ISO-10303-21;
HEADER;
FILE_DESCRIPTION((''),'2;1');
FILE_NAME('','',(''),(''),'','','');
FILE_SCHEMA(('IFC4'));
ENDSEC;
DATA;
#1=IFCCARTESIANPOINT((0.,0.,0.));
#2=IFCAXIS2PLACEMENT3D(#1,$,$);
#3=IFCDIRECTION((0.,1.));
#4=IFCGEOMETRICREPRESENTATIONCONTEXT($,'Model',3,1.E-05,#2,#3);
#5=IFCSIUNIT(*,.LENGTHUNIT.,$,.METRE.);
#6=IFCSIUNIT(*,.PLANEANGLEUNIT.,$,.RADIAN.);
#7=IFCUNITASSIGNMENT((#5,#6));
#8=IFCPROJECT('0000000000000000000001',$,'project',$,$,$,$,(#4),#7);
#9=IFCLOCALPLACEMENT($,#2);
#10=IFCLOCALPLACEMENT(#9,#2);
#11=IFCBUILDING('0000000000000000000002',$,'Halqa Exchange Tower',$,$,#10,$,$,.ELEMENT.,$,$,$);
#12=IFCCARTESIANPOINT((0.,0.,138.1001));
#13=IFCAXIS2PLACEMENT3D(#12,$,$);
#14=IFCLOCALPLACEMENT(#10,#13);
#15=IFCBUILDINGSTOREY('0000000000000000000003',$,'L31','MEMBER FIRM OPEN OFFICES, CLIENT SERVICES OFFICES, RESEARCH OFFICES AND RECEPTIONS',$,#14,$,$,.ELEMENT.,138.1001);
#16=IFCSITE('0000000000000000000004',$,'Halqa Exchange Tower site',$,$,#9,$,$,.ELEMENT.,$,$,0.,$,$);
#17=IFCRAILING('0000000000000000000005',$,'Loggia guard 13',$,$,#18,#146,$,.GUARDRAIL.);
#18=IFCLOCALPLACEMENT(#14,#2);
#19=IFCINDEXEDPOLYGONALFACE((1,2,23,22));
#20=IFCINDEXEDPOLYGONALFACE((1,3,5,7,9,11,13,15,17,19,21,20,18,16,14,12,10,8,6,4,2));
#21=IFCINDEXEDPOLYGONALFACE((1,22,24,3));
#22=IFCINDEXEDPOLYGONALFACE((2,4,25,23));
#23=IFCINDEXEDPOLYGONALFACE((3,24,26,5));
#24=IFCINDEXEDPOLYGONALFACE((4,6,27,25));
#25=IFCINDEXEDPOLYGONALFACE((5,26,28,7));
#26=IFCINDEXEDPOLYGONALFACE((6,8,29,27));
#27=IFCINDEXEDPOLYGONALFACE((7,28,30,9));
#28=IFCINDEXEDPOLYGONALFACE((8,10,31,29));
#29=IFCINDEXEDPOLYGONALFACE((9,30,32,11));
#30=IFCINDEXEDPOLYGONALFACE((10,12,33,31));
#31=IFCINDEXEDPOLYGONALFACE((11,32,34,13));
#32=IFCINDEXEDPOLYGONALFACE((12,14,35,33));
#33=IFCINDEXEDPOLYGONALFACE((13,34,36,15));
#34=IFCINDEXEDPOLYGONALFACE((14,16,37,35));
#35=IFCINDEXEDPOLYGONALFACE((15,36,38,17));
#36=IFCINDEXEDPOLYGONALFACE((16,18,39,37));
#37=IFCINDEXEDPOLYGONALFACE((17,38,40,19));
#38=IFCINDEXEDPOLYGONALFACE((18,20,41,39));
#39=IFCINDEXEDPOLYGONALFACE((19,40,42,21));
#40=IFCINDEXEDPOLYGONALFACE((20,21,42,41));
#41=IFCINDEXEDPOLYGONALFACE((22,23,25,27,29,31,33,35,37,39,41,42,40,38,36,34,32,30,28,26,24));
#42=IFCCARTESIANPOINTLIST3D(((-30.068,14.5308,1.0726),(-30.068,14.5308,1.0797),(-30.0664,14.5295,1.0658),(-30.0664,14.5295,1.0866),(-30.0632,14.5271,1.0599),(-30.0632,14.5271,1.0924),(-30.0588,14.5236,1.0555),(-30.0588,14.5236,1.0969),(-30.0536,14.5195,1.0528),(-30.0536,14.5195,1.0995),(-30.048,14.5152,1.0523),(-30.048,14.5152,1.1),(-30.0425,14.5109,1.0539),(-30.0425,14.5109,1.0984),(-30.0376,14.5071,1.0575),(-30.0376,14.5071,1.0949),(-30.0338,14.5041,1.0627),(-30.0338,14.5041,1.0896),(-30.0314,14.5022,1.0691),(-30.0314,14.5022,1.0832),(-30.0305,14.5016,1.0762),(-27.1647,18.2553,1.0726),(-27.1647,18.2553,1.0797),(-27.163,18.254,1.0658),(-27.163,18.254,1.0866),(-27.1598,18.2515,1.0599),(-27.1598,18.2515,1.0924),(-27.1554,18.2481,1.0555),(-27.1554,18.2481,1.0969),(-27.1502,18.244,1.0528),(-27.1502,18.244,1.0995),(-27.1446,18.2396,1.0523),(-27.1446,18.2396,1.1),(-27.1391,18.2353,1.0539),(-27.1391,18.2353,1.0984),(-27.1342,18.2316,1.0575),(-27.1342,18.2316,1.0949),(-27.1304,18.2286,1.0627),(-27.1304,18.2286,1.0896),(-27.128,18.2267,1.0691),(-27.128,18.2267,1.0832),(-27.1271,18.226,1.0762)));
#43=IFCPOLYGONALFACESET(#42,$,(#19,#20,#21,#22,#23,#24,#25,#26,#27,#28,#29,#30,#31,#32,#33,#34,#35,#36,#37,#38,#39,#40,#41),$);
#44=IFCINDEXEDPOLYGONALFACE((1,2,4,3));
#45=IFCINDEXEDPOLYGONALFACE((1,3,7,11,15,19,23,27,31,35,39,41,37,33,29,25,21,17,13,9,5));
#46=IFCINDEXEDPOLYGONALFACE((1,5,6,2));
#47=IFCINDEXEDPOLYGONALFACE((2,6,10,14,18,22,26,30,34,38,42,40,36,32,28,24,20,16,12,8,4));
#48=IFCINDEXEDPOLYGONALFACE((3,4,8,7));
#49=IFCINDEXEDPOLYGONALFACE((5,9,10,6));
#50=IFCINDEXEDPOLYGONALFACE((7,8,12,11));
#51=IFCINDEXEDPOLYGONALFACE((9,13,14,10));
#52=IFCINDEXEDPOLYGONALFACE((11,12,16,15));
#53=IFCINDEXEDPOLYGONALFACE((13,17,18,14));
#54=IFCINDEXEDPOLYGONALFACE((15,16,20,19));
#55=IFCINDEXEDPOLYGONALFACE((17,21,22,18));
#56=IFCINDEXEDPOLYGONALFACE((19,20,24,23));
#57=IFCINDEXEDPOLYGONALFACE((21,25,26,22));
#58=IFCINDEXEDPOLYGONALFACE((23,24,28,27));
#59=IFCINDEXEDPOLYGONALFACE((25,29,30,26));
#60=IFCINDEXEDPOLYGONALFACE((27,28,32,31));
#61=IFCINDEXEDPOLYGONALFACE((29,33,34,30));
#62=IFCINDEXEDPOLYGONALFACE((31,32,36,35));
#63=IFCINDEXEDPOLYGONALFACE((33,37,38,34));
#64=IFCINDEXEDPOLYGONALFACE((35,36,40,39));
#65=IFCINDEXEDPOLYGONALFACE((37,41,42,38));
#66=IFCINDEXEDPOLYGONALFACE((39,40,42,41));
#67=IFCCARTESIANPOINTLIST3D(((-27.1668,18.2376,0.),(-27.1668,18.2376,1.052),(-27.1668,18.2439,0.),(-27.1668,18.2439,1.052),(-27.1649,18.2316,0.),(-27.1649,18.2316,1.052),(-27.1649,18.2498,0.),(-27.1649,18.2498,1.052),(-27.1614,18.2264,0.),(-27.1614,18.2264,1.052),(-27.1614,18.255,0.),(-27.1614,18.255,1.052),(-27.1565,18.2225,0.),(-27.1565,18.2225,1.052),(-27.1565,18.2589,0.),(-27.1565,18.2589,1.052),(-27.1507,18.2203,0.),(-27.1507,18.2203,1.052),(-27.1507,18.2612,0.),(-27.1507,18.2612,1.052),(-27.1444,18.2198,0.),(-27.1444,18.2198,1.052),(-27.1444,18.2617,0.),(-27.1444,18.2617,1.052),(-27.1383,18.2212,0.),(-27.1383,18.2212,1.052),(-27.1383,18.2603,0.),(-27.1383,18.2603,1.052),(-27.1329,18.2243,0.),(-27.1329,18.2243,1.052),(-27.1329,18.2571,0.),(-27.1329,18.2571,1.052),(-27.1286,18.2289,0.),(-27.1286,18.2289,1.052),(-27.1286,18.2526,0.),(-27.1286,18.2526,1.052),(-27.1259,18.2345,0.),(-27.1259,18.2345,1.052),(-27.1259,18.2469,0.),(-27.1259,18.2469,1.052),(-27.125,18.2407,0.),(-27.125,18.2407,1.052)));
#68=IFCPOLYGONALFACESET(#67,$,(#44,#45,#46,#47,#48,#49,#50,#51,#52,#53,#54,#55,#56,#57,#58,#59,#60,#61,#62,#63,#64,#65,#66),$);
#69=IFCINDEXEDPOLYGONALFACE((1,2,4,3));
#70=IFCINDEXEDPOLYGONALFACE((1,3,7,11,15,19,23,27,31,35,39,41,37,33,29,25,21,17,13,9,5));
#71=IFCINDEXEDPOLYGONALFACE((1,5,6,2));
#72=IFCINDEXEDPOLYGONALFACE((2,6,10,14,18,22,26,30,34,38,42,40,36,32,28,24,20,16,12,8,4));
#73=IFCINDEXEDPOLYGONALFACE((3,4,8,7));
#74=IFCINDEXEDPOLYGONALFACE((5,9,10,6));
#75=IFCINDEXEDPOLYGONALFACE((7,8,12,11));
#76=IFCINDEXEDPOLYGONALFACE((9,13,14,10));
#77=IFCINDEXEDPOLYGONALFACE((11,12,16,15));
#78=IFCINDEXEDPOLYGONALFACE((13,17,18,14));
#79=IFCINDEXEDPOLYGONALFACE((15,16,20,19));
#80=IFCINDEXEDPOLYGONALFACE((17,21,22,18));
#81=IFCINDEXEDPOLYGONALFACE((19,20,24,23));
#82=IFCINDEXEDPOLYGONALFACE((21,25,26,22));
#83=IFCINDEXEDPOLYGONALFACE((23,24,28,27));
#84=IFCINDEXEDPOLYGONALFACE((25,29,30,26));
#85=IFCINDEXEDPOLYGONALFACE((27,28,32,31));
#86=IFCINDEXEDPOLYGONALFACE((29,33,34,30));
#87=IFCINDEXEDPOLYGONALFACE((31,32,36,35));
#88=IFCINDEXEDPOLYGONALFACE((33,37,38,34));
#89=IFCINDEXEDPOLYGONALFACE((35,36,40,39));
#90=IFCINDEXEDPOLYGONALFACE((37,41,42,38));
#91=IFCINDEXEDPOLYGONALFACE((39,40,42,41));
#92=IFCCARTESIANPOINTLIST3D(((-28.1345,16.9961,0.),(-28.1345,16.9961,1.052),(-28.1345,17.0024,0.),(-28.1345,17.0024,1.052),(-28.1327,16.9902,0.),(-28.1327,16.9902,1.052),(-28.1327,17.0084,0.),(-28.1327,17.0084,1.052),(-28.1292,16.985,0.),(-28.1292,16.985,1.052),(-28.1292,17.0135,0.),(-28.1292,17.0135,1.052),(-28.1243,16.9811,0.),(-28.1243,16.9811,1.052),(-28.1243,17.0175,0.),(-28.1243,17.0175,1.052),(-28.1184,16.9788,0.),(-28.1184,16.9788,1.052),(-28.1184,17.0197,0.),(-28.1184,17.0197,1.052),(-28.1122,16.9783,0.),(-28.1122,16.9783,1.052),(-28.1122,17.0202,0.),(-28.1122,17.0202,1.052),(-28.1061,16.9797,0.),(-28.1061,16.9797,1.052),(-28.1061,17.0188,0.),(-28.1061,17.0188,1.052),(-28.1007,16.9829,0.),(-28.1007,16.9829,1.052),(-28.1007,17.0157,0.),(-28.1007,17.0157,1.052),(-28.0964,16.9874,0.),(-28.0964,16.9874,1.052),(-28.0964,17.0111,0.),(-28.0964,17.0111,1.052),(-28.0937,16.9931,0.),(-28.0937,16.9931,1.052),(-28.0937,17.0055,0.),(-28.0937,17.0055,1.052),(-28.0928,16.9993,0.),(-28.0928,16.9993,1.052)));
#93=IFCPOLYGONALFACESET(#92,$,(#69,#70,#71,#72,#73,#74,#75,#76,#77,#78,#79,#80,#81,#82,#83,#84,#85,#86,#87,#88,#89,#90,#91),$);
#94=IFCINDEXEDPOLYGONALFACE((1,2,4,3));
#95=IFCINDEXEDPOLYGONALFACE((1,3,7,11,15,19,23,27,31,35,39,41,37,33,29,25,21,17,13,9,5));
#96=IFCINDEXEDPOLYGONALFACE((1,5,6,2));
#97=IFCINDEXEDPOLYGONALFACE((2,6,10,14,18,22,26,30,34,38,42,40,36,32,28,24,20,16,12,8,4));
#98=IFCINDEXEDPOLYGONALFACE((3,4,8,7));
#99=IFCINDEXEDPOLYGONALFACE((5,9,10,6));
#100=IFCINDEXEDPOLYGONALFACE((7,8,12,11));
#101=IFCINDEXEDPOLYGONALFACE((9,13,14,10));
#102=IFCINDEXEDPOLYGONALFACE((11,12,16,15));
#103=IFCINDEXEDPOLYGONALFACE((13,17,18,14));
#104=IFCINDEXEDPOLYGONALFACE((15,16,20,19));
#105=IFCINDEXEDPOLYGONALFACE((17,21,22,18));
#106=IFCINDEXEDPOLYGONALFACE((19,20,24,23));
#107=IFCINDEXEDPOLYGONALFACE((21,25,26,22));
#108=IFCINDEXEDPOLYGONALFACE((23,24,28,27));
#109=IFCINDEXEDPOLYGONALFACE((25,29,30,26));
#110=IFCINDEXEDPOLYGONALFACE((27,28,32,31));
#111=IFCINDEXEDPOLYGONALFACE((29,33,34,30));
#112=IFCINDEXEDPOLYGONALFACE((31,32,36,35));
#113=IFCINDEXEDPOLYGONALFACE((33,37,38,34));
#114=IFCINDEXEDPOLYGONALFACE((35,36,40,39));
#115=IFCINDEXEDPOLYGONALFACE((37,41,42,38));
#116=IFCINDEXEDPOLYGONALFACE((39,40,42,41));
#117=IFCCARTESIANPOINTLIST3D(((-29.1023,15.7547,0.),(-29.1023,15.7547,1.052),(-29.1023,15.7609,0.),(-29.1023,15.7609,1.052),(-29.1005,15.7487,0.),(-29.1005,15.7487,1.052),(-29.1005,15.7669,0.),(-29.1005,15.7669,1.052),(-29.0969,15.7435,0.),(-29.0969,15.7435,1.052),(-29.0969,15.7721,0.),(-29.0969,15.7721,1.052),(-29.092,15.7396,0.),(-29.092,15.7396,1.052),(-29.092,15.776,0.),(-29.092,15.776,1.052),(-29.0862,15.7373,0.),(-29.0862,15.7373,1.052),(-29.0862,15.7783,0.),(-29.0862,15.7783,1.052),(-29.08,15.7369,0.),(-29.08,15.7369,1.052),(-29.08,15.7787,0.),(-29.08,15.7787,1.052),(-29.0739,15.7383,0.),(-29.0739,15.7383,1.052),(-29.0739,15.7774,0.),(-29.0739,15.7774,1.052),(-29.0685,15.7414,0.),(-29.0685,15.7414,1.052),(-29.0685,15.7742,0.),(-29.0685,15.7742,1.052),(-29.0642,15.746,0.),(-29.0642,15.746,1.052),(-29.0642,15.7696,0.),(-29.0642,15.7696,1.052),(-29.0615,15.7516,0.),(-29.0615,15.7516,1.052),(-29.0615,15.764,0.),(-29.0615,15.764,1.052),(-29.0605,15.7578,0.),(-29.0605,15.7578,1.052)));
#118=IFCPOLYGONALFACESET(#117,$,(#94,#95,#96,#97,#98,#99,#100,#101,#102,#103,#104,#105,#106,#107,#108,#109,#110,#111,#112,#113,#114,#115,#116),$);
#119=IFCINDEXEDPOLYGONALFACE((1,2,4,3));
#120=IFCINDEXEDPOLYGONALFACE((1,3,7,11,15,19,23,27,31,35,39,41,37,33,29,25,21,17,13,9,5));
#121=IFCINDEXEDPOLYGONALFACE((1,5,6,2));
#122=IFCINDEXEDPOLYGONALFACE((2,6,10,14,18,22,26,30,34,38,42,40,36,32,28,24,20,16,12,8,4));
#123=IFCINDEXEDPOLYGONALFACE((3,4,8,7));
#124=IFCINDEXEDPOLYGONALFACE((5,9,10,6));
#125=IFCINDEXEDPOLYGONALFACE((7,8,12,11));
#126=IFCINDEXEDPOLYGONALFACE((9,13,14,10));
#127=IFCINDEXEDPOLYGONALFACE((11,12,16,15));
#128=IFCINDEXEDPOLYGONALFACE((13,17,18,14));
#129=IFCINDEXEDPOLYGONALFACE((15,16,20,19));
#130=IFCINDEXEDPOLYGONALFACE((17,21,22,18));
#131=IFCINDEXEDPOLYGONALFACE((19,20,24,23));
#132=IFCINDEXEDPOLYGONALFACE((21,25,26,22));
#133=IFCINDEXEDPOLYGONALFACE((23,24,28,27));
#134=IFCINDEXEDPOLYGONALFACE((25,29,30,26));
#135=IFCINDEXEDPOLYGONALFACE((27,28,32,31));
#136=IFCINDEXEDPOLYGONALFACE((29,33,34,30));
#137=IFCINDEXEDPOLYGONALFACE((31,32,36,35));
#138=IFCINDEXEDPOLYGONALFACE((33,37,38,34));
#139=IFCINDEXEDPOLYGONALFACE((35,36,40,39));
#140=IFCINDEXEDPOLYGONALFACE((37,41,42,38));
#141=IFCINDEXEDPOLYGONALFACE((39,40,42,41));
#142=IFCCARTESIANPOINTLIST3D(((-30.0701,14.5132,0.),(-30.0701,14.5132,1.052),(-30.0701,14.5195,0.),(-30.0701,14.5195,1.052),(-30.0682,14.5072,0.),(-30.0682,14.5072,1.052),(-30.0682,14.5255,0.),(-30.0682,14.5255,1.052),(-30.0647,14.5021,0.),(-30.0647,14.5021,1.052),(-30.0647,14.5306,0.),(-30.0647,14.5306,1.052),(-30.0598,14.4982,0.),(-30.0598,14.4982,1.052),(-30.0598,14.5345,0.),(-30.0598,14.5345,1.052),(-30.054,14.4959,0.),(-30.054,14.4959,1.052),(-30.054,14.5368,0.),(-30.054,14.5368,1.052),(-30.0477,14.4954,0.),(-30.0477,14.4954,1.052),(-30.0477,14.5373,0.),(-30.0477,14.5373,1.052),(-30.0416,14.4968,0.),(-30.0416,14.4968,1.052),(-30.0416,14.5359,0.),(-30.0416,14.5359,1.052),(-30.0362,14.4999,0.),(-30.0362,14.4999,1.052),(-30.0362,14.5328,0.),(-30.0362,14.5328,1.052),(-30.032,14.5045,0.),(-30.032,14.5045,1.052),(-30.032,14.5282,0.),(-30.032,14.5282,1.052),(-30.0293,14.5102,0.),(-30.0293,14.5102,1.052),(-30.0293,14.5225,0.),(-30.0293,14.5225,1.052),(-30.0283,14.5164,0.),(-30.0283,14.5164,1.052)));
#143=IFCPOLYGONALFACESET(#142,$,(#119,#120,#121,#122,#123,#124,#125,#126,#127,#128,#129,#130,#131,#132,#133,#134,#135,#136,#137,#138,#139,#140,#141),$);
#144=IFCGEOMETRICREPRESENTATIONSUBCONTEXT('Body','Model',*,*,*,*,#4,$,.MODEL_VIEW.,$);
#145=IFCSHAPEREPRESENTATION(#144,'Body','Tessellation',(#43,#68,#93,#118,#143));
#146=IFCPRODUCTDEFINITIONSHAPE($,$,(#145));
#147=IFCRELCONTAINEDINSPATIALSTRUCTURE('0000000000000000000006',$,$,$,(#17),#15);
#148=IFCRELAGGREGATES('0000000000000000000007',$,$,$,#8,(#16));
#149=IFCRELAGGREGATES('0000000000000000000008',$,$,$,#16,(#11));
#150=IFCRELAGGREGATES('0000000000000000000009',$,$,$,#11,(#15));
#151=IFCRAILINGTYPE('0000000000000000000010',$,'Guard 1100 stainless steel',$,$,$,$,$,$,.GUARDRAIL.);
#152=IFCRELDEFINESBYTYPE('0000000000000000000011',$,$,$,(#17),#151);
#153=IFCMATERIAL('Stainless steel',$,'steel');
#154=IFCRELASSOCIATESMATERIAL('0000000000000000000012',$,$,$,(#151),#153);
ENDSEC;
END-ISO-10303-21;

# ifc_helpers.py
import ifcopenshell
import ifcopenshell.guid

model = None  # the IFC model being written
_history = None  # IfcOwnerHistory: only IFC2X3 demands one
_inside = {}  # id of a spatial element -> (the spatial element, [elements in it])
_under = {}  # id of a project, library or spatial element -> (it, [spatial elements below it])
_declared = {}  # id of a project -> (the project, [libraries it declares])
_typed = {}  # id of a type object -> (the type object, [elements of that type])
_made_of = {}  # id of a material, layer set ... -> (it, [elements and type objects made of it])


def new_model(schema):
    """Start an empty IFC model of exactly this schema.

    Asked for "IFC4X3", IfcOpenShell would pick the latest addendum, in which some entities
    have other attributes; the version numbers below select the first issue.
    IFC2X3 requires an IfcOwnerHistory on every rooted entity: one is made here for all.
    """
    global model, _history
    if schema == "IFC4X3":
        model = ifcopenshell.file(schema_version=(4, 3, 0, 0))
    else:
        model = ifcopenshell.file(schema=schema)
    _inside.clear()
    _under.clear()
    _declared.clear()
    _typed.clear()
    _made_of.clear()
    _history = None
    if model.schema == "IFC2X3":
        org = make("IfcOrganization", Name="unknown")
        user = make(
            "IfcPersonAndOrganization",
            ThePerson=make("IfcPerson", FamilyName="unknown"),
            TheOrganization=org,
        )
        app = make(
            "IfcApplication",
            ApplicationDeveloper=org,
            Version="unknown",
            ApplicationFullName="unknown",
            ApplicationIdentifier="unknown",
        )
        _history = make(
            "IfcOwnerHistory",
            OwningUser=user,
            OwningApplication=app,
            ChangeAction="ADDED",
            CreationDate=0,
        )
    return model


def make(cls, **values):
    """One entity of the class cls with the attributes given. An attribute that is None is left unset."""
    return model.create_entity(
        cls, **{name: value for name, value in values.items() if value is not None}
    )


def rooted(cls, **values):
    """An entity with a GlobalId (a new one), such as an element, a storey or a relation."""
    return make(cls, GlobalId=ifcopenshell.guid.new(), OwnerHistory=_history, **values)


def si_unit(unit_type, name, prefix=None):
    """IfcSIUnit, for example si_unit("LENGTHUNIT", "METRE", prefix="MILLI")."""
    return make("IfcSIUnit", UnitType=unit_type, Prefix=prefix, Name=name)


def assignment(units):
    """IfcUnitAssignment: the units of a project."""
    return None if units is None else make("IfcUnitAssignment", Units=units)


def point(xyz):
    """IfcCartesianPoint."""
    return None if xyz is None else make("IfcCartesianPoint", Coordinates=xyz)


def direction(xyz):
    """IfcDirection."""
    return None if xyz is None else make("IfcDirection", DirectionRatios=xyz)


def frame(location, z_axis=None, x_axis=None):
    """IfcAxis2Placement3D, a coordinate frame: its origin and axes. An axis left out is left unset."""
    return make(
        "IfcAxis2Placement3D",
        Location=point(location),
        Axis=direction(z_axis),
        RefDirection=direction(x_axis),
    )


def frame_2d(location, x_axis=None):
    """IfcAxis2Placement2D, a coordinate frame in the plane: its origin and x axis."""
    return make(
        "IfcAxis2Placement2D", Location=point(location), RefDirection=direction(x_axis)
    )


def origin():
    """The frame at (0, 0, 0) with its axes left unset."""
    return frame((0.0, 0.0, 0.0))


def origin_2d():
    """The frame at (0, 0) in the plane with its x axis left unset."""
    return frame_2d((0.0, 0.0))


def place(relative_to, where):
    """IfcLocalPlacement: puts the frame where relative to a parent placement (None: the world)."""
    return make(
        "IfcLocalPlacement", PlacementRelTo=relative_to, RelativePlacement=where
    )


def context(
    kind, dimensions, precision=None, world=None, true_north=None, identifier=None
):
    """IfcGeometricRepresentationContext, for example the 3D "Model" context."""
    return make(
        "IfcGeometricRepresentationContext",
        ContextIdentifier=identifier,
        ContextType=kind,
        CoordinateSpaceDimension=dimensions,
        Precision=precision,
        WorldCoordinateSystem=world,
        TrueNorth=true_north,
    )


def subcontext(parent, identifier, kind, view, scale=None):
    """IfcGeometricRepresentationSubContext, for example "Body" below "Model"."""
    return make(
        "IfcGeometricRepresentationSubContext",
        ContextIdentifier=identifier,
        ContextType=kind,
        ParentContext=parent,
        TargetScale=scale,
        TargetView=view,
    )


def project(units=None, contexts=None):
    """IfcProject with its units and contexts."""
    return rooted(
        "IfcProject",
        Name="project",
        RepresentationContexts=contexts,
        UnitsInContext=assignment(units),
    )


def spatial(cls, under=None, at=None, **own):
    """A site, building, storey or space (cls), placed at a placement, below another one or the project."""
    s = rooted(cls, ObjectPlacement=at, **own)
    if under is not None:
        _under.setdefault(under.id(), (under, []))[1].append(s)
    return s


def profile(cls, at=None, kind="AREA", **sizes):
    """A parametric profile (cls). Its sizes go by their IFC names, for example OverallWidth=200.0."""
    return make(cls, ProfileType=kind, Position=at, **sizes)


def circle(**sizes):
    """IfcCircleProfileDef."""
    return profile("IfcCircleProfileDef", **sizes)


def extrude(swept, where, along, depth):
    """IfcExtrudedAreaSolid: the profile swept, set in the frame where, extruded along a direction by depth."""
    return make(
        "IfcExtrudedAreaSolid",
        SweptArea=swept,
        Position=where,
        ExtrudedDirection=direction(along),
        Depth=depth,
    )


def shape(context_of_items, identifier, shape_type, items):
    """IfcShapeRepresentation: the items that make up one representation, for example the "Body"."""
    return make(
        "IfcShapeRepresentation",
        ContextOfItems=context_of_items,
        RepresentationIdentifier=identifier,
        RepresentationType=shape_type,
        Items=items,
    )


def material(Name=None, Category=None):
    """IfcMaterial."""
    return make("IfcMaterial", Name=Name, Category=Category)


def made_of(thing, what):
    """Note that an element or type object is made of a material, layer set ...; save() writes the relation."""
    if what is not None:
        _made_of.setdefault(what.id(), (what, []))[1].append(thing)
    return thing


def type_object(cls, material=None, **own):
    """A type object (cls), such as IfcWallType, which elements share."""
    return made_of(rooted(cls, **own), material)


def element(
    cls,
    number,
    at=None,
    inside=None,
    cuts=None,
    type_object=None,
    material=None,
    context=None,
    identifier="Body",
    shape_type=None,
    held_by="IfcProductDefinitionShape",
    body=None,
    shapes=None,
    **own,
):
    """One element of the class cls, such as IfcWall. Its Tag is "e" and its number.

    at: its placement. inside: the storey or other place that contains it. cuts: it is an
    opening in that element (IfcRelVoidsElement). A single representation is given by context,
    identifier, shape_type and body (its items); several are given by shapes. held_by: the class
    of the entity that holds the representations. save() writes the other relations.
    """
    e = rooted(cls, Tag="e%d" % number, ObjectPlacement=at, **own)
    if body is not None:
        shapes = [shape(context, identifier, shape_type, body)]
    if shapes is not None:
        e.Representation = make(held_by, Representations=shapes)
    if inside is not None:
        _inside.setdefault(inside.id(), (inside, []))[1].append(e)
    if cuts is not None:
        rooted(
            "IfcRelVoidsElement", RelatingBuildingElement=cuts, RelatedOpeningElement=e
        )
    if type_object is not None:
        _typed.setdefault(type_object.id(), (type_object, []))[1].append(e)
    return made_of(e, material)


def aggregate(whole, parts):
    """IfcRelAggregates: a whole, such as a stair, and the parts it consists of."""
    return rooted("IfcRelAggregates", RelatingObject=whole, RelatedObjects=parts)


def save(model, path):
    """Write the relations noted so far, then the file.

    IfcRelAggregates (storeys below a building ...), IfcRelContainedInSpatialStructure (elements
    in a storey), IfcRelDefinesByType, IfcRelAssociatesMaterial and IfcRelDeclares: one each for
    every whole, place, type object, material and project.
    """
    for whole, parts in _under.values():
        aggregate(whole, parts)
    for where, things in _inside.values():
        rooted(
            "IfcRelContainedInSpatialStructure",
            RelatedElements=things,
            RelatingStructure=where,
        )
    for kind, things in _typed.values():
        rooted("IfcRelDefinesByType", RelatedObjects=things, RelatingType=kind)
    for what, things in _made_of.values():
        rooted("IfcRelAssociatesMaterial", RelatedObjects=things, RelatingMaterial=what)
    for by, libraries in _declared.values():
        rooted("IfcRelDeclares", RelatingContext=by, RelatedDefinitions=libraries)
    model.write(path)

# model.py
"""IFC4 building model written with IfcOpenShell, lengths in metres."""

from ifc_helpers import new_model, si_unit, direction, frame, origin, origin_2d, place, context, subcontext, project, spatial, circle, extrude, material, type_object, element, save


model = new_model("IFC4")

# Units and contexts
model_context = context("Model", 3, precision=1e-05, world=origin(), true_north=direction((0.0, 1.0)))
body_context = subcontext(model_context, "Body", "Model", "MODEL_VIEW")
ifc_project = project(units=[si_unit("LENGTHUNIT", "METRE"), si_unit("PLANEANGLEUNIT", "RADIAN")], contexts=[model_context])

# Site, building, storey
site_placement = place(None, origin())
site = spatial("IfcSite", under=ifc_project, at=site_placement, Name="Halqa Exchange Tower site", CompositionType="ELEMENT", RefElevation=0.0)
building_placement = place(site_placement, origin())
building = spatial("IfcBuilding", under=site, at=building_placement, Name="Halqa Exchange Tower", CompositionType="ELEMENT")
storey_placement = place(building_placement, frame((0.0, 0.0, 138.1001)))
storey = spatial("IfcBuildingStorey", under=building, at=storey_placement, Name="L31", Description="MEMBER FIRM OPEN OFFICES, CLIENT SERVICES OFFICES, RESEARCH OFFICES AND RECEPTIONS", CompositionType="ELEMENT", Elevation=138.1001)

# Railing
ifc_material_1 = material(Name="Stainless steel", Category="steel")
railing_type = type_object("IfcRailingType", Name="Guard 1100 stainless steel", PredefinedType="GUARDRAIL", material=ifc_material_1)
railing_1_placement = place(storey_placement, frame((-27.146, 18.2407, 0.0)))
element("IfcRailing", 1, at=railing_1_placement, inside=storey, type_object=railing_type, Name="Loggia guard 13", PredefinedType="GUARDRAIL", context=body_context, shape_type="SweptSolid", body=[
    extrude(circle(Radius=0.0239, at=origin_2d()), frame((0.0, 0.0, 1.0762), z_axis=(-0.61481, -0.788675, 0.0), x_axis=(0.788675, -0.61481, 0.0)), (0.0, 0.0, 1.0), 4.7224),
    extrude(circle(Radius=0.021, at=origin_2d()), origin(), (0.0, 0.0, 1.0), 1.052),
    extrude(circle(Radius=0.021, at=origin_2d()), frame((-0.9678, -1.2415, 0.0)), (0.0, 0.0, 1.0), 1.052),
    extrude(circle(Radius=0.021, at=origin_2d()), frame((-1.9355, -2.4829, 0.0)), (0.0, 0.0, 1.0), 1.052),
    extrude(circle(Radius=0.021, at=origin_2d()), frame((-2.9033, -3.7244, 0.0)), (0.0, 0.0, 1.0), 1.052),
])

save(model, "model.ifc")
